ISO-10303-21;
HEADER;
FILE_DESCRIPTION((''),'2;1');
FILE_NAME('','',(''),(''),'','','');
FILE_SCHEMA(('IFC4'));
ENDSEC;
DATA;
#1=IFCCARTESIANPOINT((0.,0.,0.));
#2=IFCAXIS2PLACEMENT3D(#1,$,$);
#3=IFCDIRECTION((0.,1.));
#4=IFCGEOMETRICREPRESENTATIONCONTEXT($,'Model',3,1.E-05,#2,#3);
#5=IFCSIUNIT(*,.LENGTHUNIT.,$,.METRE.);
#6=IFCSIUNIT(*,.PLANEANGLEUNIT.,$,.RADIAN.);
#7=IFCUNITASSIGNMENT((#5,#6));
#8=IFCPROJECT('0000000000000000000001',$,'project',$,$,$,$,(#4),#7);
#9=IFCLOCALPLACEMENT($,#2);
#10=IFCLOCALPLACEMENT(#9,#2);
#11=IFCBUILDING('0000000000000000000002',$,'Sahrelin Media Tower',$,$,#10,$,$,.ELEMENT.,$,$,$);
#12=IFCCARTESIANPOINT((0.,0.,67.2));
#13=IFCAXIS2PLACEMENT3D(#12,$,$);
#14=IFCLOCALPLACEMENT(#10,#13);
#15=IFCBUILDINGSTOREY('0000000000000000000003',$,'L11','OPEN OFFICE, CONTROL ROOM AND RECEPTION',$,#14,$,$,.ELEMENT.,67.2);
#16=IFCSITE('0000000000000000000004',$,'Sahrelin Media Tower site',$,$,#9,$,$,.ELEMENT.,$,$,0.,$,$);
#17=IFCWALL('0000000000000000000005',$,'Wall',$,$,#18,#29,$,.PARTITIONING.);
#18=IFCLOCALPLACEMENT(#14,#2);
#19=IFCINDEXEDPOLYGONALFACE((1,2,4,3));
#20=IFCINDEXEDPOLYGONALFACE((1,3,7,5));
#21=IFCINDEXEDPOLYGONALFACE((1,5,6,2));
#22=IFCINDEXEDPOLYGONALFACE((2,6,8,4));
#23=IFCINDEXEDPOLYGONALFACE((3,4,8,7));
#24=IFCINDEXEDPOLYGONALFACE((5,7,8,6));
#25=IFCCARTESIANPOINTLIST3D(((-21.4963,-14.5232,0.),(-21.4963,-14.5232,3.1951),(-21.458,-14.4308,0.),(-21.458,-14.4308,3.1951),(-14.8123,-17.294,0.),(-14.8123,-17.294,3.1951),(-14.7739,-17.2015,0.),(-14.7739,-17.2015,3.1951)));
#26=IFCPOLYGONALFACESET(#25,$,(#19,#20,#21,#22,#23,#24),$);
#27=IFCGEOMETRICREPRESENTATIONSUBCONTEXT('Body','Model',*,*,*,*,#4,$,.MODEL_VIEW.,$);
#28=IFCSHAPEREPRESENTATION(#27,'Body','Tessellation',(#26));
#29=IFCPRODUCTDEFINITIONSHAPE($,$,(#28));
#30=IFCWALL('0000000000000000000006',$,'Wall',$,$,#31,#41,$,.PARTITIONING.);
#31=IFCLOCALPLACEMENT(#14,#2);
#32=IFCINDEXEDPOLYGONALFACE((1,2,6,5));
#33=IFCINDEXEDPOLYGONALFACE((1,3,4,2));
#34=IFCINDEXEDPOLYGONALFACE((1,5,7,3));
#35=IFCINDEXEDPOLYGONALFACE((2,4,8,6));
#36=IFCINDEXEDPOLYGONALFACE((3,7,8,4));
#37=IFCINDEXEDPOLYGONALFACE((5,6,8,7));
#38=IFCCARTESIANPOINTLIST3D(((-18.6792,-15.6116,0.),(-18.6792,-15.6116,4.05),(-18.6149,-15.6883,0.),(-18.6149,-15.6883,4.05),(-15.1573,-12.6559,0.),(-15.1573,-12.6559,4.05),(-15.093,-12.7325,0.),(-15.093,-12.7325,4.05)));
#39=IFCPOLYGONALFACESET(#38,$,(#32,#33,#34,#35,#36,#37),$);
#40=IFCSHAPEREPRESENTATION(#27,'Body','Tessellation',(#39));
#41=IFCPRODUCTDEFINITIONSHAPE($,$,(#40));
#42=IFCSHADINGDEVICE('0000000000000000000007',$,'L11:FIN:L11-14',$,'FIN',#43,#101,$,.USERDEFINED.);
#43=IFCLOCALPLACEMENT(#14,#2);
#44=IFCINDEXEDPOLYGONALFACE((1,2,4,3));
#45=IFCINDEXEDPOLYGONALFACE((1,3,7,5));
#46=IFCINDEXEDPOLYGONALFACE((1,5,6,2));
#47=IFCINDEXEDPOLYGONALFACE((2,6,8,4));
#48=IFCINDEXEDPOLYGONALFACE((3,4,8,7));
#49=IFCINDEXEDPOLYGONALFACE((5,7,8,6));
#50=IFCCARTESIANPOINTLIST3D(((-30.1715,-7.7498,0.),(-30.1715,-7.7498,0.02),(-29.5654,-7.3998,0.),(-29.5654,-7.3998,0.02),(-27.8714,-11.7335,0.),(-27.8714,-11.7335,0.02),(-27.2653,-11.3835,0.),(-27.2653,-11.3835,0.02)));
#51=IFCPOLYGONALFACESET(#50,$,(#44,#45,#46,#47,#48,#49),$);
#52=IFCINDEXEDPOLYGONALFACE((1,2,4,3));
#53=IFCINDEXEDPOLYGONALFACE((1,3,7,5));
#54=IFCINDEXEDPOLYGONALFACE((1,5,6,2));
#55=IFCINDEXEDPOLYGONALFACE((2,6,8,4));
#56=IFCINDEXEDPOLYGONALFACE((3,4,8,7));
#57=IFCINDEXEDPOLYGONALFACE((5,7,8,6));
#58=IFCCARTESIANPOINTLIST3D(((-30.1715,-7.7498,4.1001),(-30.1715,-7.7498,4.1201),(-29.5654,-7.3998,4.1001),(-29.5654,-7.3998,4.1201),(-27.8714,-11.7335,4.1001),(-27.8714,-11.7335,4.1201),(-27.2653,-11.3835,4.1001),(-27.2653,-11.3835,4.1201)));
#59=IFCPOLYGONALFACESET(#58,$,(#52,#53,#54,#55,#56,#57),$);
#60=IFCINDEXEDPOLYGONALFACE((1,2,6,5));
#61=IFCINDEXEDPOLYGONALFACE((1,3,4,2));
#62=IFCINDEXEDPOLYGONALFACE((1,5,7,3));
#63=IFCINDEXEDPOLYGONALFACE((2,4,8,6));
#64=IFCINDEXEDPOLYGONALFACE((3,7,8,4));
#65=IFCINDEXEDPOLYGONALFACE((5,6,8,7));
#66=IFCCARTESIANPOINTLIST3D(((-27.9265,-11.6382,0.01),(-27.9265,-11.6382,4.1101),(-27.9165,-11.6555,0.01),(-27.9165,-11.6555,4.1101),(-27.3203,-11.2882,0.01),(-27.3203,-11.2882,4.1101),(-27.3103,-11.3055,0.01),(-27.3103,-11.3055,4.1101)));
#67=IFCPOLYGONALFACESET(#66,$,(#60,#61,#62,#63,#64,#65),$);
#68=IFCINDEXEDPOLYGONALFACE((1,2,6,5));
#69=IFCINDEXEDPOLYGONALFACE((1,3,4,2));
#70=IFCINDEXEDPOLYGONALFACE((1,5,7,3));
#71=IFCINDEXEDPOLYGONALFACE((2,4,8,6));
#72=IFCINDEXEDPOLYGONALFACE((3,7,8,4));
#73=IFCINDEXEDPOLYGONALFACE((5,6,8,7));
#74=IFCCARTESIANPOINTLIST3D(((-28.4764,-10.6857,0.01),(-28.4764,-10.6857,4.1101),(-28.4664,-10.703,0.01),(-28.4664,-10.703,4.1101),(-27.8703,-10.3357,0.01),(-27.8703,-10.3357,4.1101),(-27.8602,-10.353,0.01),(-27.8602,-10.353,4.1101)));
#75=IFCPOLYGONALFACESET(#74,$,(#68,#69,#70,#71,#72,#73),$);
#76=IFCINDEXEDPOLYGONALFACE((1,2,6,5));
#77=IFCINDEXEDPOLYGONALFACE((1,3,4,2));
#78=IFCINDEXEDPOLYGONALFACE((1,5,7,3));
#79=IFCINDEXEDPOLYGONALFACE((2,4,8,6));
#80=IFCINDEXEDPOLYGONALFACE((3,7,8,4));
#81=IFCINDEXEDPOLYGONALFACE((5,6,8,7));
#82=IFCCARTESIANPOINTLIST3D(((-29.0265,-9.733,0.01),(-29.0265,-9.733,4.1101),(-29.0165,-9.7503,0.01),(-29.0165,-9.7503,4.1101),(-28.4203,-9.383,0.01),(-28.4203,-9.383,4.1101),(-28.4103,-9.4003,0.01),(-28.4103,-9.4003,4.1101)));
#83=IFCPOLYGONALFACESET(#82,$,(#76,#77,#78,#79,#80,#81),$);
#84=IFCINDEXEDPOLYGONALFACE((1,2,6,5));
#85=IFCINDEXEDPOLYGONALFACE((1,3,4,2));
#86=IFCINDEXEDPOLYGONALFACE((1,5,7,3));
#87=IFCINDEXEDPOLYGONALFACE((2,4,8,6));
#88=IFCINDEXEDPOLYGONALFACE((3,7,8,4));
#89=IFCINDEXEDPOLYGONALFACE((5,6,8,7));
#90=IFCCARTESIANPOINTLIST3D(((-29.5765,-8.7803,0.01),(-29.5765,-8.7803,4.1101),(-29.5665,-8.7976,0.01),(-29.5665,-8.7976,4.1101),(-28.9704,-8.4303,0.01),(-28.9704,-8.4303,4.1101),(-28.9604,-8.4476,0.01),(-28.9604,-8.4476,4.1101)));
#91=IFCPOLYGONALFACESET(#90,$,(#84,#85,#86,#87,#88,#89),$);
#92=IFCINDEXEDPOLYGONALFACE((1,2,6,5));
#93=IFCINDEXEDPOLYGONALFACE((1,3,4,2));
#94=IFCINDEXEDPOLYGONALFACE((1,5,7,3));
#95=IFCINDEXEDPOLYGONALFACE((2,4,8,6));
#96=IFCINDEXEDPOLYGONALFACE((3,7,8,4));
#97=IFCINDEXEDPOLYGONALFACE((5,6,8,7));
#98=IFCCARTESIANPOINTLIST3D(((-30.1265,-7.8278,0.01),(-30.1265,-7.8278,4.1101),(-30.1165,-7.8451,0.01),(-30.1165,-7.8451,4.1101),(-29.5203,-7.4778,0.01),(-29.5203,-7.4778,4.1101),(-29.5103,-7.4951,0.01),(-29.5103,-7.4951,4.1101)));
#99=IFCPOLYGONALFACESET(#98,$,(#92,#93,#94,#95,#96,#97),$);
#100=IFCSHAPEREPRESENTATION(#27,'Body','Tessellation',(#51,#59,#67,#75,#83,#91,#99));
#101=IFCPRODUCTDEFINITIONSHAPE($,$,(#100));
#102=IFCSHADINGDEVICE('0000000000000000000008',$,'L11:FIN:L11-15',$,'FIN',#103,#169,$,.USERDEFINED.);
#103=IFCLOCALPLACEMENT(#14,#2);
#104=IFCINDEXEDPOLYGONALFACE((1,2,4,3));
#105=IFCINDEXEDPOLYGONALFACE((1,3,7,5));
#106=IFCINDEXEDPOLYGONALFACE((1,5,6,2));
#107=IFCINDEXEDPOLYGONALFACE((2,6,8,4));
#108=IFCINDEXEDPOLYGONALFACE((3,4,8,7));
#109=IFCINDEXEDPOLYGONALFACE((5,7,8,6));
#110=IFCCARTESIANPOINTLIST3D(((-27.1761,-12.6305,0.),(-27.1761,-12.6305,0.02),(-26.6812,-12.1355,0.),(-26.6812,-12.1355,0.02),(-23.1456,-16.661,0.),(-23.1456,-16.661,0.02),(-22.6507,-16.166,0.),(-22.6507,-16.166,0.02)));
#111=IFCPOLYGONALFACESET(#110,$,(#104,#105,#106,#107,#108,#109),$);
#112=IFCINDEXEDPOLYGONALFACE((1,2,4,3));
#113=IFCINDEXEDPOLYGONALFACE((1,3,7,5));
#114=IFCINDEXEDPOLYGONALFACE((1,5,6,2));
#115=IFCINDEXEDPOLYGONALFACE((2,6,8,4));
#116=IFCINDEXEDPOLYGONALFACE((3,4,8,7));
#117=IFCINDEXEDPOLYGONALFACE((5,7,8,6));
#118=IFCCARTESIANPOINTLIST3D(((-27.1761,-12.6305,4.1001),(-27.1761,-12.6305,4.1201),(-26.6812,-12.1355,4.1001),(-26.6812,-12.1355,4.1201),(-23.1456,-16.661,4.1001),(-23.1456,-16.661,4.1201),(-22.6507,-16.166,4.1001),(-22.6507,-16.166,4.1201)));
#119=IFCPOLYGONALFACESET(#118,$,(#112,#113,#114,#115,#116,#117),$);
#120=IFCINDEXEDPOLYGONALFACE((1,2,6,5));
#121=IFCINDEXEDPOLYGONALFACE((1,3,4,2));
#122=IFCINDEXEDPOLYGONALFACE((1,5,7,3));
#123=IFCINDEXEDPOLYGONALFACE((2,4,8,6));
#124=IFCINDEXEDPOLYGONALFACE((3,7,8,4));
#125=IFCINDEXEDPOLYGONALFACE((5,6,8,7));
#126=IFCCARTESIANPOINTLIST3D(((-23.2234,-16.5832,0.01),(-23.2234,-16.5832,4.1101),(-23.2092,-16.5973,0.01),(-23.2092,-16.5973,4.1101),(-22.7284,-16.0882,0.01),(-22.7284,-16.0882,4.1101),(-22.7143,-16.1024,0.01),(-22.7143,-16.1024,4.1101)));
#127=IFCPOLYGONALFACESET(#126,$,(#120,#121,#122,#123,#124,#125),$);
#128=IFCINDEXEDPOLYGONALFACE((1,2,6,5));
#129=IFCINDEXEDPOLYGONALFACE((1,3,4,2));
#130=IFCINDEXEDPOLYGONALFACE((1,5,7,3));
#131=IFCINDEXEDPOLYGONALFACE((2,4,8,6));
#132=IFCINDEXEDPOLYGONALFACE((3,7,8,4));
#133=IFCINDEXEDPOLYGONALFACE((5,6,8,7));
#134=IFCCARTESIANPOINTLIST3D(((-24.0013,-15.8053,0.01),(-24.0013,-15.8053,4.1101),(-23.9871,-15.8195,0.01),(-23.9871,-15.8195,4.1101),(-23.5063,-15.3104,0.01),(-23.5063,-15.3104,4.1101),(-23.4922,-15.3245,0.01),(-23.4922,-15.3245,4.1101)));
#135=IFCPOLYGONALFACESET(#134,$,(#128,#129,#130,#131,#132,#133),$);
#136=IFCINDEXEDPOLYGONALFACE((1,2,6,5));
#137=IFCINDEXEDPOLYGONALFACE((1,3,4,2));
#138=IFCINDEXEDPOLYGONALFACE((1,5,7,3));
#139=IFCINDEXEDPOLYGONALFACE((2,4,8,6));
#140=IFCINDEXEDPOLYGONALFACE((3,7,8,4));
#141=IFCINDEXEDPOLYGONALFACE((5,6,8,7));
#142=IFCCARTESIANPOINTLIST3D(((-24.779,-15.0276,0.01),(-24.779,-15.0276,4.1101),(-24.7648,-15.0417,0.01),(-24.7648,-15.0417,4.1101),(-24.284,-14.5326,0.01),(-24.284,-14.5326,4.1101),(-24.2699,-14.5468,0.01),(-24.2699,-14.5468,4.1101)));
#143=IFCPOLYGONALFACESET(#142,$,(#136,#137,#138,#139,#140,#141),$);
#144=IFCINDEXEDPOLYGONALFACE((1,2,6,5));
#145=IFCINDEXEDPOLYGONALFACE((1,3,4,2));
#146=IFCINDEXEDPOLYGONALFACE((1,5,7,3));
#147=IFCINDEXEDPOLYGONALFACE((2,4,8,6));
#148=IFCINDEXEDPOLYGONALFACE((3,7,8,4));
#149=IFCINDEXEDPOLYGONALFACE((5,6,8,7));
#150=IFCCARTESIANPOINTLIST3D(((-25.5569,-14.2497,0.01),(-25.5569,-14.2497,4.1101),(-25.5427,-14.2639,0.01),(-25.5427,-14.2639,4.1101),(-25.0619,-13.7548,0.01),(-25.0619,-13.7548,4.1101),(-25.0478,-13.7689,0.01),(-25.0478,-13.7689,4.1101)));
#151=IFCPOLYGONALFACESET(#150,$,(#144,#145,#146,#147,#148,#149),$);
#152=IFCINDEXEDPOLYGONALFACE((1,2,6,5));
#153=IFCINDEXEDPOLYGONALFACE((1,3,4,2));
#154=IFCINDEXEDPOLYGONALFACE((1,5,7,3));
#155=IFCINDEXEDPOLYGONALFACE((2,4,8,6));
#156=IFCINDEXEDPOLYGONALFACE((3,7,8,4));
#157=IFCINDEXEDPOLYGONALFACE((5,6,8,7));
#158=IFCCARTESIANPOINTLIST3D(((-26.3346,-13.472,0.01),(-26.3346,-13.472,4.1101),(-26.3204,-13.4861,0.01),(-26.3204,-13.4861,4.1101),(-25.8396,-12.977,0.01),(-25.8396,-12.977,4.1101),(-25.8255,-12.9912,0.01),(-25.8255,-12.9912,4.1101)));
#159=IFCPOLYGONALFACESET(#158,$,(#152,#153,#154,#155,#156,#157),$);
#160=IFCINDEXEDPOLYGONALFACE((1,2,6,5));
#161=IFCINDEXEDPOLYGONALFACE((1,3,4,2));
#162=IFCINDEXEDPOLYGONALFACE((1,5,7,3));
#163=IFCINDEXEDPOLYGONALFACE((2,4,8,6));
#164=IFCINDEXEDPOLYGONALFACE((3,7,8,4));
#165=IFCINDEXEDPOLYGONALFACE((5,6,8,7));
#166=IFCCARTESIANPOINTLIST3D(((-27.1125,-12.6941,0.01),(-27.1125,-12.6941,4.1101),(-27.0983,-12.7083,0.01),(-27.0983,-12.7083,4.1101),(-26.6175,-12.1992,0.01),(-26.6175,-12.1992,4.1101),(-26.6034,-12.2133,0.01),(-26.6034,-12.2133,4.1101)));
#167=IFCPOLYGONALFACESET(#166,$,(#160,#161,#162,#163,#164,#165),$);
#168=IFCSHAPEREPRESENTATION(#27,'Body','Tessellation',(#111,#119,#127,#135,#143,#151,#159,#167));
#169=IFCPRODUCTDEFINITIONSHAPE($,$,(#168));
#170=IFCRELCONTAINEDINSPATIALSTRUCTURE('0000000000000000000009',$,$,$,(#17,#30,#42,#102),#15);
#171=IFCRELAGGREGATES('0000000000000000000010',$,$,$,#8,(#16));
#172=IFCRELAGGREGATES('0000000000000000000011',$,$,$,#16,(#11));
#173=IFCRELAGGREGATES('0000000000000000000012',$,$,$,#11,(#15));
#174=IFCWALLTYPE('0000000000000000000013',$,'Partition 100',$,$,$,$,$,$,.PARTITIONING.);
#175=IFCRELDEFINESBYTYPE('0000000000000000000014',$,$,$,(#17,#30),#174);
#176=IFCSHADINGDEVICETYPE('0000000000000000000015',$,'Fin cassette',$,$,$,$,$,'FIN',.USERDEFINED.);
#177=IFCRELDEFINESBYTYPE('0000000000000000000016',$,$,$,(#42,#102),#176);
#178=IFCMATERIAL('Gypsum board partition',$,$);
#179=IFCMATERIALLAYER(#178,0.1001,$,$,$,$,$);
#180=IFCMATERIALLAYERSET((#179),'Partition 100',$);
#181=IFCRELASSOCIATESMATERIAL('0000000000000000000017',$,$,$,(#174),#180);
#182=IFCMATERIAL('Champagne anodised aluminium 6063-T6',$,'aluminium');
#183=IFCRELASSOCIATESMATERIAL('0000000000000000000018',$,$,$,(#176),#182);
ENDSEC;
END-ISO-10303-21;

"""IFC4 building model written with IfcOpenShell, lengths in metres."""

from ifc_helpers import new_model, si_unit, direction, frame, frame_2d, origin, origin_2d, place, context, subcontext, project, spatial, rectangle, extrude, material, layer, layer_set, type_object, element, save


model = new_model("IFC4")

# Units and contexts
model_context = context("Model", 3, precision=1e-05, world=origin(), true_north=direction((0.0, 1.0)))
body_context = subcontext(model_context, "Body", "Model", "MODEL_VIEW")
ifc_project = project(units=[si_unit("LENGTHUNIT", "METRE"), si_unit("PLANEANGLEUNIT", "RADIAN")], contexts=[model_context])

# Site, building, storey
site_placement = place(None, origin())
site = spatial("IfcSite", under=ifc_project, at=site_placement, Name="Sahrelin Media Tower site", CompositionType="ELEMENT", RefElevation=0.0)
building_placement = place(site_placement, origin())
building = spatial("IfcBuilding", under=site, at=building_placement, Name="Sahrelin Media Tower", CompositionType="ELEMENT")
storey_placement = place(building_placement, frame((0.0, 0.0, 67.2)))
storey = spatial("IfcBuildingStorey", under=building, at=storey_placement, Name="L11", Description="OPEN OFFICE, CONTROL ROOM AND RECEPTION", CompositionType="ELEMENT", Elevation=67.2)

# Shared definitions
ifc_material_1 = material(Name="Champagne anodised aluminium 6063-T6", Category="aluminium")

# Walls
ifc_material_2 = material(Name="Gypsum board partition")
ifc_layer_1 = layer(ifc_material_2, 0.1001)
ifc_layer_set_1 = layer_set([ifc_layer_1], Name="Partition 100")
wall_type_1 = type_object("IfcWallType", Name="Partition 100", PredefinedType="PARTITIONING", material=ifc_layer_set_1)
wall_1_placement = place(storey_placement, frame((-21.4771, -14.4771, 0.0), z_axis=(0.0, 0.0, 1.0), x_axis=(0.923776, -0.382933, 0.0)))
element("IfcWall", 1, at=wall_1_placement, inside=storey, type_object=wall_type_1, Name="Wall", PredefinedType="PARTITIONING", context=body_context, shape_type="SweptSolid", body=[
    extrude(rectangle(XDim=7.2356, YDim=0.1001, at=frame_2d((3.6177, 0.0))), origin(), (0.0, 0.0, 1.0), 3.1951),
])
wall_2_placement = place(storey_placement, frame((-18.647, -15.6499, 0.0), z_axis=(0.0, 0.0, 1.0), x_axis=(0.765988, 0.642855, 0.0)))
element("IfcWall", 2, at=wall_2_placement, inside=storey, type_object=wall_type_1, Name="Wall", PredefinedType="PARTITIONING", context=body_context, shape_type="SweptSolid", body=[
    extrude(rectangle(XDim=4.5979, YDim=0.1001, at=frame_2d((2.2988, 0.0))), origin(), (0.0, 0.0, 1.0), 4.05),
])

# Shading devices
shading_device_type_1 = type_object("IfcShadingDeviceType", Name="Fin cassette", ElementType="FIN", PredefinedType="USERDEFINED", material=ifc_material_1)
placement_1 = place(storey_placement, frame((-28.3547, -9.3567, 0.0), z_axis=(0.0, 0.0, 1.0), x_axis=(-0.500011, 0.866019, 0.0)))
element("IfcShadingDevice", 3, at=placement_1, inside=storey, type_object=shading_device_type_1, Name="L11:FIN:L11-14", ObjectType="FIN", PredefinedType="USERDEFINED", context=body_context, shape_type="SweptSolid", body=[
    extrude(rectangle(XDim=4.6001, YDim=0.7, at=origin_2d()), frame((0.0, 0.4199, 0.0)), (0.0, 0.0, 1.0), 0.02),
    extrude(rectangle(XDim=4.6001, YDim=0.7, at=origin_2d()), frame((0.0, 0.4199, 4.1001)), (0.0, 0.0, 1.0), 0.02),
    extrude(rectangle(XDim=0.02, YDim=0.7, at=origin_2d()), frame((-2.2, 0.4199, 0.01), z_axis=(0.0, 0.0, 1.0), x_axis=(1.0, 0.0, 0.0)), (0.0, 0.0, 1.0), 4.1001),
    extrude(rectangle(XDim=0.02, YDim=0.7, at=origin_2d()), frame((-1.1001, 0.4199, 0.01), z_axis=(0.0, 0.0, 1.0), x_axis=(1.0, 0.0, 0.0)), (0.0, 0.0, 1.0), 4.1001),
    extrude(rectangle(XDim=0.02, YDim=0.7, at=origin_2d()), frame((0.0, 0.4199, 0.01), z_axis=(0.0, 0.0, 1.0), x_axis=(1.0, 0.0, 0.0)), (0.0, 0.0, 1.0), 4.1001),
    extrude(rectangle(XDim=0.02, YDim=0.7, at=origin_2d()), frame((1.1001, 0.4199, 0.01), z_axis=(0.0, 0.0, 1.0), x_axis=(1.0, 0.0, 0.0)), (0.0, 0.0, 1.0), 4.1001),
    extrude(rectangle(XDim=0.02, YDim=0.7, at=origin_2d()), frame((2.2, 0.4199, 0.01), z_axis=(0.0, 0.0, 1.0), x_axis=(1.0, 0.0, 0.0)), (0.0, 0.0, 1.0), 4.1001),
])
placement_2 = place(storey_placement, frame((-24.6165, -14.1013, 0.0), z_axis=(0.0, 0.0, 1.0), x_axis=(-0.707107, 0.707107, 0.0)))
element("IfcShadingDevice", 4, at=placement_2, inside=storey, type_object=shading_device_type_1, Name="L11:FIN:L11-15", ObjectType="FIN", PredefinedType="USERDEFINED", context=body_context, shape_type="SweptSolid", body=[
    extrude(rectangle(XDim=5.7, YDim=0.7, at=origin_2d()), frame((0.0, 0.4199, 0.0)), (0.0, 0.0, 1.0), 0.02),
    extrude(rectangle(XDim=5.7, YDim=0.7, at=origin_2d()), frame((0.0, 0.4199, 4.1001)), (0.0, 0.0, 1.0), 0.02),
    extrude(rectangle(XDim=0.02, YDim=0.7, at=origin_2d()), frame((-2.75, 0.4199, 0.01), z_axis=(0.0, 0.0, 1.0), x_axis=(1.0, 0.0, 0.0)), (0.0, 0.0, 1.0), 4.1001),
    extrude(rectangle(XDim=0.02, YDim=0.7, at=origin_2d()), frame((-1.6499, 0.4199, 0.01), z_axis=(0.0, 0.0, 1.0), x_axis=(1.0, 0.0, 0.0)), (0.0, 0.0, 1.0), 4.1001),
    extrude(rectangle(XDim=0.02, YDim=0.7, at=origin_2d()), frame((-0.55, 0.4199, 0.01), z_axis=(0.0, 0.0, 1.0), x_axis=(1.0, 0.0, 0.0)), (0.0, 0.0, 1.0), 4.1001),
    extrude(rectangle(XDim=0.02, YDim=0.7, at=origin_2d()), frame((0.55, 0.4199, 0.01), z_axis=(0.0, 0.0, 1.0), x_axis=(1.0, 0.0, 0.0)), (0.0, 0.0, 1.0), 4.1001),
    extrude(rectangle(XDim=0.02, YDim=0.7, at=origin_2d()), frame((1.6499, 0.4199, 0.01), z_axis=(0.0, 0.0, 1.0), x_axis=(1.0, 0.0, 0.0)), (0.0, 0.0, 1.0), 4.1001),
    extrude(rectangle(XDim=0.02, YDim=0.7, at=origin_2d()), frame((2.75, 0.4199, 0.01), z_axis=(0.0, 0.0, 1.0), x_axis=(1.0, 0.0, 0.0)), (0.0, 0.0, 1.0), 4.1001),
])

save(model, "model.ifc")
